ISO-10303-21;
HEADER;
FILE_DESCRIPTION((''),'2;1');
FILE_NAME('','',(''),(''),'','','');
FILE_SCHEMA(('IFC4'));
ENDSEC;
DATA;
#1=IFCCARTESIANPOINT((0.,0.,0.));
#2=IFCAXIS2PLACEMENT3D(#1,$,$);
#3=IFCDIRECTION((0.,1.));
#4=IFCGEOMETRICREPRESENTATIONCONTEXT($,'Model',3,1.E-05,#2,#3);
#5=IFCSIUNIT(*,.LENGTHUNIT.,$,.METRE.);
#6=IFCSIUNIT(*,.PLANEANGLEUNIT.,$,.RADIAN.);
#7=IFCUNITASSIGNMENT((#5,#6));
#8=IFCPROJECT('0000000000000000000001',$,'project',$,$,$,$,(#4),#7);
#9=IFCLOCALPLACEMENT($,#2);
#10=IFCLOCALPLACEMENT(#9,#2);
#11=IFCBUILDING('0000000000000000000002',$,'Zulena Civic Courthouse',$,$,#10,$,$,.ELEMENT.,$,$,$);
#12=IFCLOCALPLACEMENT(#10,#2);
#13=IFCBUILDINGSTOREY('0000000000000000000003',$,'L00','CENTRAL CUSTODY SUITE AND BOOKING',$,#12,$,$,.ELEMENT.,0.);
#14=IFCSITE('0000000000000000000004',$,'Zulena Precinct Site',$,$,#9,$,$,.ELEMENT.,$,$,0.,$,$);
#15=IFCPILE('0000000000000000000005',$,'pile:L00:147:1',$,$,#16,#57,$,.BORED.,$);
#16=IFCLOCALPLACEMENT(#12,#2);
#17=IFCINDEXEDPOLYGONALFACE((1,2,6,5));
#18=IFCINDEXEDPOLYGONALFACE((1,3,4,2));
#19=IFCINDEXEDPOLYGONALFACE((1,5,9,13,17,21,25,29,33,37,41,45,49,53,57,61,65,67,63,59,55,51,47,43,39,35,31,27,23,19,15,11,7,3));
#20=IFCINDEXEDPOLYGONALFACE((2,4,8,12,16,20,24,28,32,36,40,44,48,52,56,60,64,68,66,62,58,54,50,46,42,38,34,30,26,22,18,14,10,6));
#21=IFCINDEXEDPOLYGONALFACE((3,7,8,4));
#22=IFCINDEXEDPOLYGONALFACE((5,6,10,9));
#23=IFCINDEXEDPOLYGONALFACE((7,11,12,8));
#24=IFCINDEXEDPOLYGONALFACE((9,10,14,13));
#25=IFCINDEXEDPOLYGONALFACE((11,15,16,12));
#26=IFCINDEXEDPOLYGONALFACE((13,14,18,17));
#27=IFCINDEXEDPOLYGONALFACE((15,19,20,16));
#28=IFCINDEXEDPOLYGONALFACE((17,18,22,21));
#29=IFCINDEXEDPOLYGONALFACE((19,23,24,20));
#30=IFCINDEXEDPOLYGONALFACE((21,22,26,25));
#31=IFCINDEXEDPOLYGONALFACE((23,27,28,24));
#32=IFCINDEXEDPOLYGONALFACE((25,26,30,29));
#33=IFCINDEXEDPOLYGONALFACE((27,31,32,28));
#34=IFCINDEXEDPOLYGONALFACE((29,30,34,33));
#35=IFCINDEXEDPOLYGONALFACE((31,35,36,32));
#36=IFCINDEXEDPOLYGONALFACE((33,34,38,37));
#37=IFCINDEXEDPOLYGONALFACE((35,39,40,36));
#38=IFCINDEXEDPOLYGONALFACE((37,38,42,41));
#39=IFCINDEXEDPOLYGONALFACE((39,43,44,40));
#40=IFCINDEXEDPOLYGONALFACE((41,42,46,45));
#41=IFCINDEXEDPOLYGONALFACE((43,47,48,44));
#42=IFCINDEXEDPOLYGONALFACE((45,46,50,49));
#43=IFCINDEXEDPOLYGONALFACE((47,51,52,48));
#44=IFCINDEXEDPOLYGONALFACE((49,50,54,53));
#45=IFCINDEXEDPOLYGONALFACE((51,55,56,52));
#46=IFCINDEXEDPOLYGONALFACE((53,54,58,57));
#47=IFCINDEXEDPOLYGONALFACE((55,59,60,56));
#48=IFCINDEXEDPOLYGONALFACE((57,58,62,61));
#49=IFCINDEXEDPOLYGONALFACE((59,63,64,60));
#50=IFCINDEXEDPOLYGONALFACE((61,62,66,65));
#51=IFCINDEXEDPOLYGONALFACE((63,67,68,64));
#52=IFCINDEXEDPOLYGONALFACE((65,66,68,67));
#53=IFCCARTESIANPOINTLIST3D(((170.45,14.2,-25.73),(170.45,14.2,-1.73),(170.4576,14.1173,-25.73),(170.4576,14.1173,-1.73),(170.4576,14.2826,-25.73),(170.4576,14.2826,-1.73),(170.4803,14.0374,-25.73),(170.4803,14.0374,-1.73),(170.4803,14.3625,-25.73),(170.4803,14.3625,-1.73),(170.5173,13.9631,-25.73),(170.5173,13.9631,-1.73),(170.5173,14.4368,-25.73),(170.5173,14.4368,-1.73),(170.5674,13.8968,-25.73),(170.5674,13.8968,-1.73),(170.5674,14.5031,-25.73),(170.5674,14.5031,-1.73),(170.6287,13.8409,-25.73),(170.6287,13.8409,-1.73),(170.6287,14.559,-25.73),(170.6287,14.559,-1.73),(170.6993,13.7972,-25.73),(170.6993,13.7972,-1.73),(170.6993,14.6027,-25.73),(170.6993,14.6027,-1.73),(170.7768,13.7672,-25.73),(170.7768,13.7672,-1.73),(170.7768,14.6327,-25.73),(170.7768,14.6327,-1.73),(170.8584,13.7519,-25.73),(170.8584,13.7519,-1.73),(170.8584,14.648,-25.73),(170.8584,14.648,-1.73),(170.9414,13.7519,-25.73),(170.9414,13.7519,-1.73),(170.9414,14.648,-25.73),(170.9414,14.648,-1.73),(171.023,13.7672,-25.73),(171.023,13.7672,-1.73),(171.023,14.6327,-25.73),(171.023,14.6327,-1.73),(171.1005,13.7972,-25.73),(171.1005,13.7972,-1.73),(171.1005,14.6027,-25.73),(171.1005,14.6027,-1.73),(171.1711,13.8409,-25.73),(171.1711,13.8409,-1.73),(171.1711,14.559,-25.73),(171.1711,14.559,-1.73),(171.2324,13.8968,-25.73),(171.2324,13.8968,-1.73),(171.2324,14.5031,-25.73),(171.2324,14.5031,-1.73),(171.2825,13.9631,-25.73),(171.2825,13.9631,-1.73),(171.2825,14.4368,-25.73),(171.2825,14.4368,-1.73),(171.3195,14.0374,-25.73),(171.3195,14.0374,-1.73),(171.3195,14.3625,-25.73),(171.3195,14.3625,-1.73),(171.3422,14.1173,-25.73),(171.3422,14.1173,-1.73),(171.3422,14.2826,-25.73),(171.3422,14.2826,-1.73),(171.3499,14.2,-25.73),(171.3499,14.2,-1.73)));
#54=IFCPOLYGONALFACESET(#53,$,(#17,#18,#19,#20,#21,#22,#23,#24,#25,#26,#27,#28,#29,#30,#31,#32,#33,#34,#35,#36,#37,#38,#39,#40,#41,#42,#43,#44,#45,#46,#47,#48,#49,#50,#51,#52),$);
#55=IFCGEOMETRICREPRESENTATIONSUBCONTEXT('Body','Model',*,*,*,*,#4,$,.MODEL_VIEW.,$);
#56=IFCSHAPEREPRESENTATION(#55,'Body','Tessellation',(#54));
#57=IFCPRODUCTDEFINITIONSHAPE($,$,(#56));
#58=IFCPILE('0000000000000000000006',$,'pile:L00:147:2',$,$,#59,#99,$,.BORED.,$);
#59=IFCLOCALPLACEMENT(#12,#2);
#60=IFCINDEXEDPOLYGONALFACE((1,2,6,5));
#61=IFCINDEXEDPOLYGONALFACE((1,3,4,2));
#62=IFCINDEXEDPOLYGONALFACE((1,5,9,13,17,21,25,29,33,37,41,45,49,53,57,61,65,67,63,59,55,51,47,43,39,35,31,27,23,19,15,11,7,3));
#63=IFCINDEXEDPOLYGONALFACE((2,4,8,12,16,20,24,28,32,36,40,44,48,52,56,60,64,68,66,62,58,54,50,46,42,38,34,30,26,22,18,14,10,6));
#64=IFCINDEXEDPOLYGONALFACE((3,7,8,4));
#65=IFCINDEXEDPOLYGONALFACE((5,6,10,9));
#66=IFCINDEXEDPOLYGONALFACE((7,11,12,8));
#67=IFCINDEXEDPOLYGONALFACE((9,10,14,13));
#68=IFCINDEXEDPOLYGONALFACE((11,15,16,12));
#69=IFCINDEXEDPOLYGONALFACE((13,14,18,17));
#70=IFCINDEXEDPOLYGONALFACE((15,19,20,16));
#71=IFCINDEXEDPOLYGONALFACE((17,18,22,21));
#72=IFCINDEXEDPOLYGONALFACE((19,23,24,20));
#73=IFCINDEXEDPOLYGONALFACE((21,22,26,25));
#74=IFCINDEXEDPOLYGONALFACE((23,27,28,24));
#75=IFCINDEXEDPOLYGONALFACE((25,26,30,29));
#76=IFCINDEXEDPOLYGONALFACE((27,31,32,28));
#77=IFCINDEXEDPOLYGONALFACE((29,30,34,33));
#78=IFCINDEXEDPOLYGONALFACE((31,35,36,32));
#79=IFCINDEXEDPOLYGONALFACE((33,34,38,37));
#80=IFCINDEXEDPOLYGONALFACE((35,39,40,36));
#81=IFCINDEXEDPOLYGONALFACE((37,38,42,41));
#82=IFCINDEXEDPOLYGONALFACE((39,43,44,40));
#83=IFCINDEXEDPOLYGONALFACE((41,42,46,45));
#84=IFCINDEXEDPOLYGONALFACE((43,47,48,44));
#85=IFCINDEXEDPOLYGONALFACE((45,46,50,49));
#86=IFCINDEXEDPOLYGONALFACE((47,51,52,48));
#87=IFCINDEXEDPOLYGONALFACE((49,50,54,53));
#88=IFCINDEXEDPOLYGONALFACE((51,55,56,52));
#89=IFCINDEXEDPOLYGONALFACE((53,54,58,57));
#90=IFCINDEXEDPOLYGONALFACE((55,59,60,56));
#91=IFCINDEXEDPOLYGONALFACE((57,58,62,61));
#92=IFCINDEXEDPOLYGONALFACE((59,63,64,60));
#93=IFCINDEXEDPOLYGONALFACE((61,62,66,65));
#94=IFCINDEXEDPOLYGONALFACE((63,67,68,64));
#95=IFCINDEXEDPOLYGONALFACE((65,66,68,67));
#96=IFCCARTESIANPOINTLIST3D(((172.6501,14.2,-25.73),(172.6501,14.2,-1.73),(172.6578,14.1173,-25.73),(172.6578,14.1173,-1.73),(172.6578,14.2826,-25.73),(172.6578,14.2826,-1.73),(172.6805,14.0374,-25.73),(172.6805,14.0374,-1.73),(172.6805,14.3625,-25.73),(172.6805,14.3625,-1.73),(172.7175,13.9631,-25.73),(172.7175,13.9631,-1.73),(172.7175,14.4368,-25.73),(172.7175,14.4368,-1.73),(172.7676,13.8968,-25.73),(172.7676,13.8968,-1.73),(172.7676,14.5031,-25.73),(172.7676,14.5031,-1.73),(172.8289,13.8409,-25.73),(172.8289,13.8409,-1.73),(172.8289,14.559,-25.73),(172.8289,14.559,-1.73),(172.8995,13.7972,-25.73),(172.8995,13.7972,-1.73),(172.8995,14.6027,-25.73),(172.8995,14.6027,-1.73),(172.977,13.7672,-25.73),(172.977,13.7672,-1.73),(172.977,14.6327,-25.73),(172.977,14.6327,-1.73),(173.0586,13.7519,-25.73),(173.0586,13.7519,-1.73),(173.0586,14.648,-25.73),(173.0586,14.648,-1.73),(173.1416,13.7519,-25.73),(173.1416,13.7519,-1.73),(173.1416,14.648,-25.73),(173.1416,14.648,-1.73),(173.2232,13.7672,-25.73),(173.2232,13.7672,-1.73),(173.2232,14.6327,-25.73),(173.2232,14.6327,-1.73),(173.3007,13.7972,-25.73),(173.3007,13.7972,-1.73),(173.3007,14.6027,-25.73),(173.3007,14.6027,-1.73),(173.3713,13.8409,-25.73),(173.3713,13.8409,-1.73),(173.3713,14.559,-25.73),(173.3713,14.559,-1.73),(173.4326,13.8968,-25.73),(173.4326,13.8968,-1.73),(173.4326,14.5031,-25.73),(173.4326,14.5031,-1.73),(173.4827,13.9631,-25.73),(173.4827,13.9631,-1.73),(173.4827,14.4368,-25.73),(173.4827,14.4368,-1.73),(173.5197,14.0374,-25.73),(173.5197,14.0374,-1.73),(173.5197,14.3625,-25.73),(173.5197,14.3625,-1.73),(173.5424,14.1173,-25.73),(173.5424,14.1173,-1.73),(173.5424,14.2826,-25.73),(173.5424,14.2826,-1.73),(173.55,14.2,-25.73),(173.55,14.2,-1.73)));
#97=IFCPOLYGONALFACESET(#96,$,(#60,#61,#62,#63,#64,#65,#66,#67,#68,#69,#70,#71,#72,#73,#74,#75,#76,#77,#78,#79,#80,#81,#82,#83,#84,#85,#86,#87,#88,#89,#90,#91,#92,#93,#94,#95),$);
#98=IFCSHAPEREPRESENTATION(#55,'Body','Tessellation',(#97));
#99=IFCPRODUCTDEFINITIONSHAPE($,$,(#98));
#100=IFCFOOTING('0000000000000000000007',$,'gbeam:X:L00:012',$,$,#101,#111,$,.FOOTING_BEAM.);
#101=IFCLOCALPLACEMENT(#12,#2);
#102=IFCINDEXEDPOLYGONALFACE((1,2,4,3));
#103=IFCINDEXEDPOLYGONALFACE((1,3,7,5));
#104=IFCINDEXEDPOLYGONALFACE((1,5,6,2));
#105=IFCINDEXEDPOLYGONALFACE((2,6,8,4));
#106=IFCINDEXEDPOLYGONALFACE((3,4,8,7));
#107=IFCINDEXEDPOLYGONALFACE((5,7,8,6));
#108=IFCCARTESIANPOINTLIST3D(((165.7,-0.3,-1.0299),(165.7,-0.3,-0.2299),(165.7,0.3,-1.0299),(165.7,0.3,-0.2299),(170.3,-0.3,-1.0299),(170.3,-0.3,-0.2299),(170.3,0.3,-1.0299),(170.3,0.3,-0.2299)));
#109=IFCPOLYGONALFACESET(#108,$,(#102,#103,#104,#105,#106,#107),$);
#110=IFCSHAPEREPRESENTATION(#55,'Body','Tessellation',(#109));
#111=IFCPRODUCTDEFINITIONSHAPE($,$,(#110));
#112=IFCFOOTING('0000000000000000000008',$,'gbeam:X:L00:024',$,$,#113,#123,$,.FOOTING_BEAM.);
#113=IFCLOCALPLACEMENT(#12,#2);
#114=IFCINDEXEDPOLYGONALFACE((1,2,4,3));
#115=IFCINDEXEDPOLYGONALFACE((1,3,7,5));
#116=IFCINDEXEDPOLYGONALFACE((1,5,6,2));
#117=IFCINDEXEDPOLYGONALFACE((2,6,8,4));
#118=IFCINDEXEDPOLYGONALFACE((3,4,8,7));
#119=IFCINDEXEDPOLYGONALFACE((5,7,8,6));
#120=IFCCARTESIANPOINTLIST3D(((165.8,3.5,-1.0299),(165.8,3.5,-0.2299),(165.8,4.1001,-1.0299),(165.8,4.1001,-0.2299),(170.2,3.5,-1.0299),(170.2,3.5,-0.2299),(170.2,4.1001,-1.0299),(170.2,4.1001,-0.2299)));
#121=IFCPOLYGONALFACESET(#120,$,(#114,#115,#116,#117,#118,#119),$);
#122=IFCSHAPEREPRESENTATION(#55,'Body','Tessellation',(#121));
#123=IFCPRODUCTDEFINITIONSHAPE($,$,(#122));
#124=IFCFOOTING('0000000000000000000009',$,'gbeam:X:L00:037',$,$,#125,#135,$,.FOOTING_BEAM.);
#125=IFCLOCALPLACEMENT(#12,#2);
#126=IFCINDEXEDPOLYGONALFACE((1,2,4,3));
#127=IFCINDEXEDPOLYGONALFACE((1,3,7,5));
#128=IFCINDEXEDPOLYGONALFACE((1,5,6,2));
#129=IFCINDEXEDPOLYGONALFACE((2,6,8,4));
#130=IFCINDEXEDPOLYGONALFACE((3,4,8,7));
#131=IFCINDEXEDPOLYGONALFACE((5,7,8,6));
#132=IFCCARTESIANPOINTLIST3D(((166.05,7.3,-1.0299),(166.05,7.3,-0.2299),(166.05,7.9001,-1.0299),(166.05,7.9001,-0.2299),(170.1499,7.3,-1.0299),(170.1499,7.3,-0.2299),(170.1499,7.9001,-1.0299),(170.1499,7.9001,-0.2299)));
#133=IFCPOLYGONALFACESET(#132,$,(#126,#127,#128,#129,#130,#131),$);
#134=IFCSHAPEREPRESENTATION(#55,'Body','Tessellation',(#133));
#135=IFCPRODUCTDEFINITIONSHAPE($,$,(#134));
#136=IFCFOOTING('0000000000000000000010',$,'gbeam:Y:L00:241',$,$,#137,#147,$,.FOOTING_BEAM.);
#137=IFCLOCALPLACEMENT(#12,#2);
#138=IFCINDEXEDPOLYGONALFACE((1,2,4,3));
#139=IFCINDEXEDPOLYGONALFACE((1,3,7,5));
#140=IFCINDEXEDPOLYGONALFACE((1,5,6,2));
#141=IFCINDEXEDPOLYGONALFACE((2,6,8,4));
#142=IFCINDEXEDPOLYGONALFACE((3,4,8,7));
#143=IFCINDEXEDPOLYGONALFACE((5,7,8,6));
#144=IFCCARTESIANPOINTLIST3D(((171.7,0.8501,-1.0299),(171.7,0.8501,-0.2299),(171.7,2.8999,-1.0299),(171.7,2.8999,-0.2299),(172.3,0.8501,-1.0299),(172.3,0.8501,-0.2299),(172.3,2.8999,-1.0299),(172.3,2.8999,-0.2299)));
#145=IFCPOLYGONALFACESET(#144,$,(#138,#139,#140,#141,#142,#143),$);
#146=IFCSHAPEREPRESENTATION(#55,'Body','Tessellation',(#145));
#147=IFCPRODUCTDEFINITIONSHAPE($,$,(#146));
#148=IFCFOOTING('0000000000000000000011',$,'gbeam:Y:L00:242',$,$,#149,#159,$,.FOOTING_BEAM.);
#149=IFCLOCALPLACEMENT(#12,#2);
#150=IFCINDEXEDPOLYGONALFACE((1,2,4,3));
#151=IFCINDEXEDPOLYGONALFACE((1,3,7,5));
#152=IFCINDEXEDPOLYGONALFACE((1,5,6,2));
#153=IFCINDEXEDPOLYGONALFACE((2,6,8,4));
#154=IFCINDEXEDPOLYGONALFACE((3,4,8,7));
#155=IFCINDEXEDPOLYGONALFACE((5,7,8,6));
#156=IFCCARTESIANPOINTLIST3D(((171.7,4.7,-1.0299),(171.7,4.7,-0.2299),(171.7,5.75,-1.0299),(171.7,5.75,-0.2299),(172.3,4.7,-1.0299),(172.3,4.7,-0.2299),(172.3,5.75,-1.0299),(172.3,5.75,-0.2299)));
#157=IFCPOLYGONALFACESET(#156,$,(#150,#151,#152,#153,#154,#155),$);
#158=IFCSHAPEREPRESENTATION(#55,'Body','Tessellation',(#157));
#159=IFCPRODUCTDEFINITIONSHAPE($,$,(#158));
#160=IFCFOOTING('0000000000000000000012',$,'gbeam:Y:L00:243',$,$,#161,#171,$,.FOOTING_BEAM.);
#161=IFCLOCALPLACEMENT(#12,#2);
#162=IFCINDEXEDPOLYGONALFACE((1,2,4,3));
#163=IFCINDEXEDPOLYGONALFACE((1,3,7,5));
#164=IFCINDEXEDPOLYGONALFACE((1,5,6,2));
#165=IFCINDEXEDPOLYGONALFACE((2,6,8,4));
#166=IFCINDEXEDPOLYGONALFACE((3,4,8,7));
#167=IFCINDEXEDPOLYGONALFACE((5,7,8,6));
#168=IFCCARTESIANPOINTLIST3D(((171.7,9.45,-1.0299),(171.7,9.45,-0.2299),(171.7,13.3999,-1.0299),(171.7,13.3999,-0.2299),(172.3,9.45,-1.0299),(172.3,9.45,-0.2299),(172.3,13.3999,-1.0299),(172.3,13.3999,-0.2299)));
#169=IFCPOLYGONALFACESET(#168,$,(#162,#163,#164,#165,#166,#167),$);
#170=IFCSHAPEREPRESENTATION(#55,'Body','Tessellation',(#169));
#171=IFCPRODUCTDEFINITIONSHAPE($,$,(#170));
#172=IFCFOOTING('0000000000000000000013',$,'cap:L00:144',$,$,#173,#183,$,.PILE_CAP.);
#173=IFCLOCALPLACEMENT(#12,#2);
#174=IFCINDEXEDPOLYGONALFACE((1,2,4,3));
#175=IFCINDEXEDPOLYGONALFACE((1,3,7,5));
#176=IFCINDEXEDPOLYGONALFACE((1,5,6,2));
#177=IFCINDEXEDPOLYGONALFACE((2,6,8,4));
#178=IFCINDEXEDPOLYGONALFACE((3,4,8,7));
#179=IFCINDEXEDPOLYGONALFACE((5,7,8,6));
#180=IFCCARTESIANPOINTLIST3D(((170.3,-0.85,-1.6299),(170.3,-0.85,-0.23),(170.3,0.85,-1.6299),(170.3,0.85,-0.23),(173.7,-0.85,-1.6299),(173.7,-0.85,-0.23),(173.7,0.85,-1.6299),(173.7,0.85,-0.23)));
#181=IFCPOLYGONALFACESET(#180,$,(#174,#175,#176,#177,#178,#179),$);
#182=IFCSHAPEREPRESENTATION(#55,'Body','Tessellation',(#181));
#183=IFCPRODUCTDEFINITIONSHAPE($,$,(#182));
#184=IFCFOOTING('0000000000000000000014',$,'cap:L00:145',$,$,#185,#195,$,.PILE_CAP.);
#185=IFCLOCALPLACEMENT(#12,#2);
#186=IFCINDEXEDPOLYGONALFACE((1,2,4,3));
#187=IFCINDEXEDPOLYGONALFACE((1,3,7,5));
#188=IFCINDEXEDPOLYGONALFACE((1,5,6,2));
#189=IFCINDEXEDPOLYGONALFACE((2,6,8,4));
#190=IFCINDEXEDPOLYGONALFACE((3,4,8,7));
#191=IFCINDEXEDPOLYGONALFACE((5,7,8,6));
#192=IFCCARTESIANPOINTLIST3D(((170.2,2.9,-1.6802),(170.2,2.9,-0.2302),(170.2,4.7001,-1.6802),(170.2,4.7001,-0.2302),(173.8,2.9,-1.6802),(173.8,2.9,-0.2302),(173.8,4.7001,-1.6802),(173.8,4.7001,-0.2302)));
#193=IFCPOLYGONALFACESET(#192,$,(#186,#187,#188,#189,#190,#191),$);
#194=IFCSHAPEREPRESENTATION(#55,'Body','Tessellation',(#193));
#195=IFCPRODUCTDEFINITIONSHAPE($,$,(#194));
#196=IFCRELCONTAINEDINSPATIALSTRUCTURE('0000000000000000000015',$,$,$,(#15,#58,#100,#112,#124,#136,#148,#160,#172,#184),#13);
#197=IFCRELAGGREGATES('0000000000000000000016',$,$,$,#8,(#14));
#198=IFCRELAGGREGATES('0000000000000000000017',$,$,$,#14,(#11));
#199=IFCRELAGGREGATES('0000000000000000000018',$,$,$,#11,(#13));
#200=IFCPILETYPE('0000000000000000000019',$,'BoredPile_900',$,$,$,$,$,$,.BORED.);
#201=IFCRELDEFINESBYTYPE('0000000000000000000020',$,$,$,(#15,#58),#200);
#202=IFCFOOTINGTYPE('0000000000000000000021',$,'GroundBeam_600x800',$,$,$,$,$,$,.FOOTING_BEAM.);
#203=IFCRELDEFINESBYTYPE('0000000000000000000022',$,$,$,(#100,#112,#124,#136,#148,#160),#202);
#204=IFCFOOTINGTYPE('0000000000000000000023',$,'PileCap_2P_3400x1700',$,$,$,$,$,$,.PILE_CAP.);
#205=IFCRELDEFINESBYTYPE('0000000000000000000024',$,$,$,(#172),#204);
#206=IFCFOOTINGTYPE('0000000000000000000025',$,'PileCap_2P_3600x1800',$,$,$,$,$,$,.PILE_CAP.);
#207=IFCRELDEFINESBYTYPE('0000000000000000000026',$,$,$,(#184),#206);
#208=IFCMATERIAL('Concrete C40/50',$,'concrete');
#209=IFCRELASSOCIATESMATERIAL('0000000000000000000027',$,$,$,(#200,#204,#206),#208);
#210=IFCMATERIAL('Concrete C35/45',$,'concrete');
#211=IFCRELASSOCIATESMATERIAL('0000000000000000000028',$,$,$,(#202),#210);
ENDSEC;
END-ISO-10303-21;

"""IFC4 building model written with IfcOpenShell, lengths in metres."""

from ifc_helpers import new_model, si_unit, direction, frame, origin, origin_2d, place, context, subcontext, project, spatial, rectangle, circle, extrude, material, material_profile, profile_set, type_object, element, save


model = new_model("IFC4")

# Units and contexts
model_context = context("Model", 3, precision=1e-05, world=origin(), true_north=direction((0.0, 1.0)))
body_context = subcontext(model_context, "Body", "Model", "MODEL_VIEW")
ifc_project = project(units=[si_unit("LENGTHUNIT", "METRE"), si_unit("PLANEANGLEUNIT", "RADIAN")], contexts=[model_context])

# Site, building, storey
site_placement = place(None, origin())
site = spatial("IfcSite", under=ifc_project, at=site_placement, Name="Zulena Precinct Site", CompositionType="ELEMENT", RefElevation=0.0)
building_placement = place(site_placement, origin())
building = spatial("IfcBuilding", under=site, at=building_placement, Name="Zulena Civic Courthouse", CompositionType="ELEMENT")
storey_placement = place(building_placement, origin())
storey = spatial("IfcBuildingStorey", under=building, at=storey_placement, Name="L00", Description="CENTRAL CUSTODY SUITE AND BOOKING", CompositionType="ELEMENT", Elevation=0.0)

# Piles
ifc_material_1 = material(Name="Concrete C40/50", Category="concrete")
ifc_material_profile_1 = material_profile(ifc_material_1, circle(Radius=0.45, at=origin_2d()), Name="PILE900")
ifc_profile_set_1 = profile_set([ifc_material_profile_1], Name="Concrete C40/50")
pile_type_1 = type_object("IfcPileType", Name="BoredPile_900", PredefinedType="BORED", material=ifc_profile_set_1)
for number, where, z_axis, x_axis, name in (
    (1, (170.8999, 14.2, -1.73), (0.0, 0.0, -1.0), (1.0, 0.0, 0.0), "pile:L00:147:1"),
    (2, (173.1001, 14.2, -1.73), (0.0, 0.0, -1.0), (1.0, 0.0, 0.0), "pile:L00:147:2"),
):
    element("IfcPile", number, at=place(storey_placement, frame(where, z_axis=z_axis, x_axis=x_axis)), inside=storey, type_object=pile_type_1, Name=name, PredefinedType="BORED", context=body_context, shape_type="SweptSolid", body=[
        extrude(circle(Radius=0.45, at=origin_2d()), origin(), (0.0, 0.0, 1.0), 24.0),
    ])

# Footings
ifc_material_2 = material(Name="Concrete C35/45", Category="concrete")
ifc_material_profile_2 = material_profile(ifc_material_2, rectangle(XDim=0.6001, YDim=0.8, at=origin_2d()), Name="RC600X800")
ifc_profile_set_2 = profile_set([ifc_material_profile_2], Name="Concrete C35/45")
footing_type_1 = type_object("IfcFootingType", Name="GroundBeam_600x800", PredefinedType="FOOTING_BEAM", material=ifc_profile_set_2)
footing_1_placement = place(storey_placement, frame((165.7, 0.0, -0.6299), z_axis=(1.0, 0.0, 0.0), x_axis=(0.0, 1.0, 0.0)))
element("IfcFooting", 3, at=footing_1_placement, inside=storey, type_object=footing_type_1, Name="gbeam:X:L00:012", PredefinedType="FOOTING_BEAM", context=body_context, shape_type="SweptSolid", body=[
    extrude(rectangle(XDim=0.6001, YDim=0.8, at=origin_2d()), origin(), (0.0, 0.0, 1.0), 4.6001),
])
footing_2_placement = place(storey_placement, frame((165.8, 3.8, -0.6299), z_axis=(1.0, 0.0, 0.0), x_axis=(0.0, 1.0, 0.0)))
element("IfcFooting", 4, at=footing_2_placement, inside=storey, type_object=footing_type_1, Name="gbeam:X:L00:024", PredefinedType="FOOTING_BEAM", context=body_context, shape_type="SweptSolid", body=[
    extrude(rectangle(XDim=0.6001, YDim=0.8, at=origin_2d()), origin(), (0.0, 0.0, 1.0), 4.3999),
])
footing_3_placement = place(storey_placement, frame((166.05, 7.6001, -0.6299), z_axis=(1.0, 0.0, 0.0), x_axis=(0.0, 1.0, 0.0)))
element("IfcFooting", 5, at=footing_3_placement, inside=storey, type_object=footing_type_1, Name="gbeam:X:L00:037", PredefinedType="FOOTING_BEAM", context=body_context, shape_type="SweptSolid", body=[
    extrude(rectangle(XDim=0.6001, YDim=0.8, at=origin_2d()), origin(), (0.0, 0.0, 1.0), 4.0999),
])
footing_4_placement = place(storey_placement, frame((172.0, 0.8501, -0.6299), z_axis=(0.0, 1.0, 0.0), x_axis=(-1.0, 0.0, 0.0)))
element("IfcFooting", 6, at=footing_4_placement, inside=storey, type_object=footing_type_1, Name="gbeam:Y:L00:241", PredefinedType="FOOTING_BEAM", context=body_context, shape_type="SweptSolid", body=[
    extrude(rectangle(XDim=0.6001, YDim=0.8, at=origin_2d()), origin(), (0.0, 0.0, 1.0), 2.0498),
])
footing_5_placement = place(storey_placement, frame((172.0, 4.7, -0.6299), z_axis=(0.0, 1.0, 0.0), x_axis=(-1.0, 0.0, 0.0)))
element("IfcFooting", 7, at=footing_5_placement, inside=storey, type_object=footing_type_1, Name="gbeam:Y:L00:242", PredefinedType="FOOTING_BEAM", context=body_context, shape_type="SweptSolid", body=[
    extrude(rectangle(XDim=0.6001, YDim=0.8, at=origin_2d()), origin(), (0.0, 0.0, 1.0), 1.05),
])
footing_6_placement = place(storey_placement, frame((172.0, 9.45, -0.6299), z_axis=(0.0, 1.0, 0.0), x_axis=(-1.0, 0.0, 0.0)))
element("IfcFooting", 8, at=footing_6_placement, inside=storey, type_object=footing_type_1, Name="gbeam:Y:L00:243", PredefinedType="FOOTING_BEAM", context=body_context, shape_type="SweptSolid", body=[
    extrude(rectangle(XDim=0.6001, YDim=0.8, at=origin_2d()), origin(), (0.0, 0.0, 1.0), 3.95),
])
footing_type_2 = type_object("IfcFootingType", Name="PileCap_2P_3400x1700", PredefinedType="PILE_CAP", material=ifc_material_1)
footing_7_placement = place(storey_placement, frame((172.0, 0.0, -1.6299), z_axis=(0.0, 0.0, 1.0), x_axis=(1.0, 0.0, 0.0)))
element("IfcFooting", 9, at=footing_7_placement, inside=storey, type_object=footing_type_2, Name="cap:L00:144", PredefinedType="PILE_CAP", context=body_context, shape_type="SweptSolid", body=[
    extrude(rectangle(XDim=3.3999, YDim=1.7, at=origin_2d()), origin(), (0.0, 0.0, 1.0), 1.3999),
])
footing_type_3 = type_object("IfcFootingType", Name="PileCap_2P_3600x1800", PredefinedType="PILE_CAP", material=ifc_material_1)
footing_8_placement = place(storey_placement, frame((172.0, 3.8, -1.6802), z_axis=(0.0, 0.0, 1.0), x_axis=(1.0, 0.0, 0.0)))
element("IfcFooting", 10, at=footing_8_placement, inside=storey, type_object=footing_type_3, Name="cap:L00:145", PredefinedType="PILE_CAP", context=body_context, shape_type="SweptSolid", body=[
    extrude(rectangle(XDim=3.6001, YDim=1.8, at=origin_2d()), origin(), (0.0, 0.0, 1.0), 1.45),
])

save(model, "model.ifc")
